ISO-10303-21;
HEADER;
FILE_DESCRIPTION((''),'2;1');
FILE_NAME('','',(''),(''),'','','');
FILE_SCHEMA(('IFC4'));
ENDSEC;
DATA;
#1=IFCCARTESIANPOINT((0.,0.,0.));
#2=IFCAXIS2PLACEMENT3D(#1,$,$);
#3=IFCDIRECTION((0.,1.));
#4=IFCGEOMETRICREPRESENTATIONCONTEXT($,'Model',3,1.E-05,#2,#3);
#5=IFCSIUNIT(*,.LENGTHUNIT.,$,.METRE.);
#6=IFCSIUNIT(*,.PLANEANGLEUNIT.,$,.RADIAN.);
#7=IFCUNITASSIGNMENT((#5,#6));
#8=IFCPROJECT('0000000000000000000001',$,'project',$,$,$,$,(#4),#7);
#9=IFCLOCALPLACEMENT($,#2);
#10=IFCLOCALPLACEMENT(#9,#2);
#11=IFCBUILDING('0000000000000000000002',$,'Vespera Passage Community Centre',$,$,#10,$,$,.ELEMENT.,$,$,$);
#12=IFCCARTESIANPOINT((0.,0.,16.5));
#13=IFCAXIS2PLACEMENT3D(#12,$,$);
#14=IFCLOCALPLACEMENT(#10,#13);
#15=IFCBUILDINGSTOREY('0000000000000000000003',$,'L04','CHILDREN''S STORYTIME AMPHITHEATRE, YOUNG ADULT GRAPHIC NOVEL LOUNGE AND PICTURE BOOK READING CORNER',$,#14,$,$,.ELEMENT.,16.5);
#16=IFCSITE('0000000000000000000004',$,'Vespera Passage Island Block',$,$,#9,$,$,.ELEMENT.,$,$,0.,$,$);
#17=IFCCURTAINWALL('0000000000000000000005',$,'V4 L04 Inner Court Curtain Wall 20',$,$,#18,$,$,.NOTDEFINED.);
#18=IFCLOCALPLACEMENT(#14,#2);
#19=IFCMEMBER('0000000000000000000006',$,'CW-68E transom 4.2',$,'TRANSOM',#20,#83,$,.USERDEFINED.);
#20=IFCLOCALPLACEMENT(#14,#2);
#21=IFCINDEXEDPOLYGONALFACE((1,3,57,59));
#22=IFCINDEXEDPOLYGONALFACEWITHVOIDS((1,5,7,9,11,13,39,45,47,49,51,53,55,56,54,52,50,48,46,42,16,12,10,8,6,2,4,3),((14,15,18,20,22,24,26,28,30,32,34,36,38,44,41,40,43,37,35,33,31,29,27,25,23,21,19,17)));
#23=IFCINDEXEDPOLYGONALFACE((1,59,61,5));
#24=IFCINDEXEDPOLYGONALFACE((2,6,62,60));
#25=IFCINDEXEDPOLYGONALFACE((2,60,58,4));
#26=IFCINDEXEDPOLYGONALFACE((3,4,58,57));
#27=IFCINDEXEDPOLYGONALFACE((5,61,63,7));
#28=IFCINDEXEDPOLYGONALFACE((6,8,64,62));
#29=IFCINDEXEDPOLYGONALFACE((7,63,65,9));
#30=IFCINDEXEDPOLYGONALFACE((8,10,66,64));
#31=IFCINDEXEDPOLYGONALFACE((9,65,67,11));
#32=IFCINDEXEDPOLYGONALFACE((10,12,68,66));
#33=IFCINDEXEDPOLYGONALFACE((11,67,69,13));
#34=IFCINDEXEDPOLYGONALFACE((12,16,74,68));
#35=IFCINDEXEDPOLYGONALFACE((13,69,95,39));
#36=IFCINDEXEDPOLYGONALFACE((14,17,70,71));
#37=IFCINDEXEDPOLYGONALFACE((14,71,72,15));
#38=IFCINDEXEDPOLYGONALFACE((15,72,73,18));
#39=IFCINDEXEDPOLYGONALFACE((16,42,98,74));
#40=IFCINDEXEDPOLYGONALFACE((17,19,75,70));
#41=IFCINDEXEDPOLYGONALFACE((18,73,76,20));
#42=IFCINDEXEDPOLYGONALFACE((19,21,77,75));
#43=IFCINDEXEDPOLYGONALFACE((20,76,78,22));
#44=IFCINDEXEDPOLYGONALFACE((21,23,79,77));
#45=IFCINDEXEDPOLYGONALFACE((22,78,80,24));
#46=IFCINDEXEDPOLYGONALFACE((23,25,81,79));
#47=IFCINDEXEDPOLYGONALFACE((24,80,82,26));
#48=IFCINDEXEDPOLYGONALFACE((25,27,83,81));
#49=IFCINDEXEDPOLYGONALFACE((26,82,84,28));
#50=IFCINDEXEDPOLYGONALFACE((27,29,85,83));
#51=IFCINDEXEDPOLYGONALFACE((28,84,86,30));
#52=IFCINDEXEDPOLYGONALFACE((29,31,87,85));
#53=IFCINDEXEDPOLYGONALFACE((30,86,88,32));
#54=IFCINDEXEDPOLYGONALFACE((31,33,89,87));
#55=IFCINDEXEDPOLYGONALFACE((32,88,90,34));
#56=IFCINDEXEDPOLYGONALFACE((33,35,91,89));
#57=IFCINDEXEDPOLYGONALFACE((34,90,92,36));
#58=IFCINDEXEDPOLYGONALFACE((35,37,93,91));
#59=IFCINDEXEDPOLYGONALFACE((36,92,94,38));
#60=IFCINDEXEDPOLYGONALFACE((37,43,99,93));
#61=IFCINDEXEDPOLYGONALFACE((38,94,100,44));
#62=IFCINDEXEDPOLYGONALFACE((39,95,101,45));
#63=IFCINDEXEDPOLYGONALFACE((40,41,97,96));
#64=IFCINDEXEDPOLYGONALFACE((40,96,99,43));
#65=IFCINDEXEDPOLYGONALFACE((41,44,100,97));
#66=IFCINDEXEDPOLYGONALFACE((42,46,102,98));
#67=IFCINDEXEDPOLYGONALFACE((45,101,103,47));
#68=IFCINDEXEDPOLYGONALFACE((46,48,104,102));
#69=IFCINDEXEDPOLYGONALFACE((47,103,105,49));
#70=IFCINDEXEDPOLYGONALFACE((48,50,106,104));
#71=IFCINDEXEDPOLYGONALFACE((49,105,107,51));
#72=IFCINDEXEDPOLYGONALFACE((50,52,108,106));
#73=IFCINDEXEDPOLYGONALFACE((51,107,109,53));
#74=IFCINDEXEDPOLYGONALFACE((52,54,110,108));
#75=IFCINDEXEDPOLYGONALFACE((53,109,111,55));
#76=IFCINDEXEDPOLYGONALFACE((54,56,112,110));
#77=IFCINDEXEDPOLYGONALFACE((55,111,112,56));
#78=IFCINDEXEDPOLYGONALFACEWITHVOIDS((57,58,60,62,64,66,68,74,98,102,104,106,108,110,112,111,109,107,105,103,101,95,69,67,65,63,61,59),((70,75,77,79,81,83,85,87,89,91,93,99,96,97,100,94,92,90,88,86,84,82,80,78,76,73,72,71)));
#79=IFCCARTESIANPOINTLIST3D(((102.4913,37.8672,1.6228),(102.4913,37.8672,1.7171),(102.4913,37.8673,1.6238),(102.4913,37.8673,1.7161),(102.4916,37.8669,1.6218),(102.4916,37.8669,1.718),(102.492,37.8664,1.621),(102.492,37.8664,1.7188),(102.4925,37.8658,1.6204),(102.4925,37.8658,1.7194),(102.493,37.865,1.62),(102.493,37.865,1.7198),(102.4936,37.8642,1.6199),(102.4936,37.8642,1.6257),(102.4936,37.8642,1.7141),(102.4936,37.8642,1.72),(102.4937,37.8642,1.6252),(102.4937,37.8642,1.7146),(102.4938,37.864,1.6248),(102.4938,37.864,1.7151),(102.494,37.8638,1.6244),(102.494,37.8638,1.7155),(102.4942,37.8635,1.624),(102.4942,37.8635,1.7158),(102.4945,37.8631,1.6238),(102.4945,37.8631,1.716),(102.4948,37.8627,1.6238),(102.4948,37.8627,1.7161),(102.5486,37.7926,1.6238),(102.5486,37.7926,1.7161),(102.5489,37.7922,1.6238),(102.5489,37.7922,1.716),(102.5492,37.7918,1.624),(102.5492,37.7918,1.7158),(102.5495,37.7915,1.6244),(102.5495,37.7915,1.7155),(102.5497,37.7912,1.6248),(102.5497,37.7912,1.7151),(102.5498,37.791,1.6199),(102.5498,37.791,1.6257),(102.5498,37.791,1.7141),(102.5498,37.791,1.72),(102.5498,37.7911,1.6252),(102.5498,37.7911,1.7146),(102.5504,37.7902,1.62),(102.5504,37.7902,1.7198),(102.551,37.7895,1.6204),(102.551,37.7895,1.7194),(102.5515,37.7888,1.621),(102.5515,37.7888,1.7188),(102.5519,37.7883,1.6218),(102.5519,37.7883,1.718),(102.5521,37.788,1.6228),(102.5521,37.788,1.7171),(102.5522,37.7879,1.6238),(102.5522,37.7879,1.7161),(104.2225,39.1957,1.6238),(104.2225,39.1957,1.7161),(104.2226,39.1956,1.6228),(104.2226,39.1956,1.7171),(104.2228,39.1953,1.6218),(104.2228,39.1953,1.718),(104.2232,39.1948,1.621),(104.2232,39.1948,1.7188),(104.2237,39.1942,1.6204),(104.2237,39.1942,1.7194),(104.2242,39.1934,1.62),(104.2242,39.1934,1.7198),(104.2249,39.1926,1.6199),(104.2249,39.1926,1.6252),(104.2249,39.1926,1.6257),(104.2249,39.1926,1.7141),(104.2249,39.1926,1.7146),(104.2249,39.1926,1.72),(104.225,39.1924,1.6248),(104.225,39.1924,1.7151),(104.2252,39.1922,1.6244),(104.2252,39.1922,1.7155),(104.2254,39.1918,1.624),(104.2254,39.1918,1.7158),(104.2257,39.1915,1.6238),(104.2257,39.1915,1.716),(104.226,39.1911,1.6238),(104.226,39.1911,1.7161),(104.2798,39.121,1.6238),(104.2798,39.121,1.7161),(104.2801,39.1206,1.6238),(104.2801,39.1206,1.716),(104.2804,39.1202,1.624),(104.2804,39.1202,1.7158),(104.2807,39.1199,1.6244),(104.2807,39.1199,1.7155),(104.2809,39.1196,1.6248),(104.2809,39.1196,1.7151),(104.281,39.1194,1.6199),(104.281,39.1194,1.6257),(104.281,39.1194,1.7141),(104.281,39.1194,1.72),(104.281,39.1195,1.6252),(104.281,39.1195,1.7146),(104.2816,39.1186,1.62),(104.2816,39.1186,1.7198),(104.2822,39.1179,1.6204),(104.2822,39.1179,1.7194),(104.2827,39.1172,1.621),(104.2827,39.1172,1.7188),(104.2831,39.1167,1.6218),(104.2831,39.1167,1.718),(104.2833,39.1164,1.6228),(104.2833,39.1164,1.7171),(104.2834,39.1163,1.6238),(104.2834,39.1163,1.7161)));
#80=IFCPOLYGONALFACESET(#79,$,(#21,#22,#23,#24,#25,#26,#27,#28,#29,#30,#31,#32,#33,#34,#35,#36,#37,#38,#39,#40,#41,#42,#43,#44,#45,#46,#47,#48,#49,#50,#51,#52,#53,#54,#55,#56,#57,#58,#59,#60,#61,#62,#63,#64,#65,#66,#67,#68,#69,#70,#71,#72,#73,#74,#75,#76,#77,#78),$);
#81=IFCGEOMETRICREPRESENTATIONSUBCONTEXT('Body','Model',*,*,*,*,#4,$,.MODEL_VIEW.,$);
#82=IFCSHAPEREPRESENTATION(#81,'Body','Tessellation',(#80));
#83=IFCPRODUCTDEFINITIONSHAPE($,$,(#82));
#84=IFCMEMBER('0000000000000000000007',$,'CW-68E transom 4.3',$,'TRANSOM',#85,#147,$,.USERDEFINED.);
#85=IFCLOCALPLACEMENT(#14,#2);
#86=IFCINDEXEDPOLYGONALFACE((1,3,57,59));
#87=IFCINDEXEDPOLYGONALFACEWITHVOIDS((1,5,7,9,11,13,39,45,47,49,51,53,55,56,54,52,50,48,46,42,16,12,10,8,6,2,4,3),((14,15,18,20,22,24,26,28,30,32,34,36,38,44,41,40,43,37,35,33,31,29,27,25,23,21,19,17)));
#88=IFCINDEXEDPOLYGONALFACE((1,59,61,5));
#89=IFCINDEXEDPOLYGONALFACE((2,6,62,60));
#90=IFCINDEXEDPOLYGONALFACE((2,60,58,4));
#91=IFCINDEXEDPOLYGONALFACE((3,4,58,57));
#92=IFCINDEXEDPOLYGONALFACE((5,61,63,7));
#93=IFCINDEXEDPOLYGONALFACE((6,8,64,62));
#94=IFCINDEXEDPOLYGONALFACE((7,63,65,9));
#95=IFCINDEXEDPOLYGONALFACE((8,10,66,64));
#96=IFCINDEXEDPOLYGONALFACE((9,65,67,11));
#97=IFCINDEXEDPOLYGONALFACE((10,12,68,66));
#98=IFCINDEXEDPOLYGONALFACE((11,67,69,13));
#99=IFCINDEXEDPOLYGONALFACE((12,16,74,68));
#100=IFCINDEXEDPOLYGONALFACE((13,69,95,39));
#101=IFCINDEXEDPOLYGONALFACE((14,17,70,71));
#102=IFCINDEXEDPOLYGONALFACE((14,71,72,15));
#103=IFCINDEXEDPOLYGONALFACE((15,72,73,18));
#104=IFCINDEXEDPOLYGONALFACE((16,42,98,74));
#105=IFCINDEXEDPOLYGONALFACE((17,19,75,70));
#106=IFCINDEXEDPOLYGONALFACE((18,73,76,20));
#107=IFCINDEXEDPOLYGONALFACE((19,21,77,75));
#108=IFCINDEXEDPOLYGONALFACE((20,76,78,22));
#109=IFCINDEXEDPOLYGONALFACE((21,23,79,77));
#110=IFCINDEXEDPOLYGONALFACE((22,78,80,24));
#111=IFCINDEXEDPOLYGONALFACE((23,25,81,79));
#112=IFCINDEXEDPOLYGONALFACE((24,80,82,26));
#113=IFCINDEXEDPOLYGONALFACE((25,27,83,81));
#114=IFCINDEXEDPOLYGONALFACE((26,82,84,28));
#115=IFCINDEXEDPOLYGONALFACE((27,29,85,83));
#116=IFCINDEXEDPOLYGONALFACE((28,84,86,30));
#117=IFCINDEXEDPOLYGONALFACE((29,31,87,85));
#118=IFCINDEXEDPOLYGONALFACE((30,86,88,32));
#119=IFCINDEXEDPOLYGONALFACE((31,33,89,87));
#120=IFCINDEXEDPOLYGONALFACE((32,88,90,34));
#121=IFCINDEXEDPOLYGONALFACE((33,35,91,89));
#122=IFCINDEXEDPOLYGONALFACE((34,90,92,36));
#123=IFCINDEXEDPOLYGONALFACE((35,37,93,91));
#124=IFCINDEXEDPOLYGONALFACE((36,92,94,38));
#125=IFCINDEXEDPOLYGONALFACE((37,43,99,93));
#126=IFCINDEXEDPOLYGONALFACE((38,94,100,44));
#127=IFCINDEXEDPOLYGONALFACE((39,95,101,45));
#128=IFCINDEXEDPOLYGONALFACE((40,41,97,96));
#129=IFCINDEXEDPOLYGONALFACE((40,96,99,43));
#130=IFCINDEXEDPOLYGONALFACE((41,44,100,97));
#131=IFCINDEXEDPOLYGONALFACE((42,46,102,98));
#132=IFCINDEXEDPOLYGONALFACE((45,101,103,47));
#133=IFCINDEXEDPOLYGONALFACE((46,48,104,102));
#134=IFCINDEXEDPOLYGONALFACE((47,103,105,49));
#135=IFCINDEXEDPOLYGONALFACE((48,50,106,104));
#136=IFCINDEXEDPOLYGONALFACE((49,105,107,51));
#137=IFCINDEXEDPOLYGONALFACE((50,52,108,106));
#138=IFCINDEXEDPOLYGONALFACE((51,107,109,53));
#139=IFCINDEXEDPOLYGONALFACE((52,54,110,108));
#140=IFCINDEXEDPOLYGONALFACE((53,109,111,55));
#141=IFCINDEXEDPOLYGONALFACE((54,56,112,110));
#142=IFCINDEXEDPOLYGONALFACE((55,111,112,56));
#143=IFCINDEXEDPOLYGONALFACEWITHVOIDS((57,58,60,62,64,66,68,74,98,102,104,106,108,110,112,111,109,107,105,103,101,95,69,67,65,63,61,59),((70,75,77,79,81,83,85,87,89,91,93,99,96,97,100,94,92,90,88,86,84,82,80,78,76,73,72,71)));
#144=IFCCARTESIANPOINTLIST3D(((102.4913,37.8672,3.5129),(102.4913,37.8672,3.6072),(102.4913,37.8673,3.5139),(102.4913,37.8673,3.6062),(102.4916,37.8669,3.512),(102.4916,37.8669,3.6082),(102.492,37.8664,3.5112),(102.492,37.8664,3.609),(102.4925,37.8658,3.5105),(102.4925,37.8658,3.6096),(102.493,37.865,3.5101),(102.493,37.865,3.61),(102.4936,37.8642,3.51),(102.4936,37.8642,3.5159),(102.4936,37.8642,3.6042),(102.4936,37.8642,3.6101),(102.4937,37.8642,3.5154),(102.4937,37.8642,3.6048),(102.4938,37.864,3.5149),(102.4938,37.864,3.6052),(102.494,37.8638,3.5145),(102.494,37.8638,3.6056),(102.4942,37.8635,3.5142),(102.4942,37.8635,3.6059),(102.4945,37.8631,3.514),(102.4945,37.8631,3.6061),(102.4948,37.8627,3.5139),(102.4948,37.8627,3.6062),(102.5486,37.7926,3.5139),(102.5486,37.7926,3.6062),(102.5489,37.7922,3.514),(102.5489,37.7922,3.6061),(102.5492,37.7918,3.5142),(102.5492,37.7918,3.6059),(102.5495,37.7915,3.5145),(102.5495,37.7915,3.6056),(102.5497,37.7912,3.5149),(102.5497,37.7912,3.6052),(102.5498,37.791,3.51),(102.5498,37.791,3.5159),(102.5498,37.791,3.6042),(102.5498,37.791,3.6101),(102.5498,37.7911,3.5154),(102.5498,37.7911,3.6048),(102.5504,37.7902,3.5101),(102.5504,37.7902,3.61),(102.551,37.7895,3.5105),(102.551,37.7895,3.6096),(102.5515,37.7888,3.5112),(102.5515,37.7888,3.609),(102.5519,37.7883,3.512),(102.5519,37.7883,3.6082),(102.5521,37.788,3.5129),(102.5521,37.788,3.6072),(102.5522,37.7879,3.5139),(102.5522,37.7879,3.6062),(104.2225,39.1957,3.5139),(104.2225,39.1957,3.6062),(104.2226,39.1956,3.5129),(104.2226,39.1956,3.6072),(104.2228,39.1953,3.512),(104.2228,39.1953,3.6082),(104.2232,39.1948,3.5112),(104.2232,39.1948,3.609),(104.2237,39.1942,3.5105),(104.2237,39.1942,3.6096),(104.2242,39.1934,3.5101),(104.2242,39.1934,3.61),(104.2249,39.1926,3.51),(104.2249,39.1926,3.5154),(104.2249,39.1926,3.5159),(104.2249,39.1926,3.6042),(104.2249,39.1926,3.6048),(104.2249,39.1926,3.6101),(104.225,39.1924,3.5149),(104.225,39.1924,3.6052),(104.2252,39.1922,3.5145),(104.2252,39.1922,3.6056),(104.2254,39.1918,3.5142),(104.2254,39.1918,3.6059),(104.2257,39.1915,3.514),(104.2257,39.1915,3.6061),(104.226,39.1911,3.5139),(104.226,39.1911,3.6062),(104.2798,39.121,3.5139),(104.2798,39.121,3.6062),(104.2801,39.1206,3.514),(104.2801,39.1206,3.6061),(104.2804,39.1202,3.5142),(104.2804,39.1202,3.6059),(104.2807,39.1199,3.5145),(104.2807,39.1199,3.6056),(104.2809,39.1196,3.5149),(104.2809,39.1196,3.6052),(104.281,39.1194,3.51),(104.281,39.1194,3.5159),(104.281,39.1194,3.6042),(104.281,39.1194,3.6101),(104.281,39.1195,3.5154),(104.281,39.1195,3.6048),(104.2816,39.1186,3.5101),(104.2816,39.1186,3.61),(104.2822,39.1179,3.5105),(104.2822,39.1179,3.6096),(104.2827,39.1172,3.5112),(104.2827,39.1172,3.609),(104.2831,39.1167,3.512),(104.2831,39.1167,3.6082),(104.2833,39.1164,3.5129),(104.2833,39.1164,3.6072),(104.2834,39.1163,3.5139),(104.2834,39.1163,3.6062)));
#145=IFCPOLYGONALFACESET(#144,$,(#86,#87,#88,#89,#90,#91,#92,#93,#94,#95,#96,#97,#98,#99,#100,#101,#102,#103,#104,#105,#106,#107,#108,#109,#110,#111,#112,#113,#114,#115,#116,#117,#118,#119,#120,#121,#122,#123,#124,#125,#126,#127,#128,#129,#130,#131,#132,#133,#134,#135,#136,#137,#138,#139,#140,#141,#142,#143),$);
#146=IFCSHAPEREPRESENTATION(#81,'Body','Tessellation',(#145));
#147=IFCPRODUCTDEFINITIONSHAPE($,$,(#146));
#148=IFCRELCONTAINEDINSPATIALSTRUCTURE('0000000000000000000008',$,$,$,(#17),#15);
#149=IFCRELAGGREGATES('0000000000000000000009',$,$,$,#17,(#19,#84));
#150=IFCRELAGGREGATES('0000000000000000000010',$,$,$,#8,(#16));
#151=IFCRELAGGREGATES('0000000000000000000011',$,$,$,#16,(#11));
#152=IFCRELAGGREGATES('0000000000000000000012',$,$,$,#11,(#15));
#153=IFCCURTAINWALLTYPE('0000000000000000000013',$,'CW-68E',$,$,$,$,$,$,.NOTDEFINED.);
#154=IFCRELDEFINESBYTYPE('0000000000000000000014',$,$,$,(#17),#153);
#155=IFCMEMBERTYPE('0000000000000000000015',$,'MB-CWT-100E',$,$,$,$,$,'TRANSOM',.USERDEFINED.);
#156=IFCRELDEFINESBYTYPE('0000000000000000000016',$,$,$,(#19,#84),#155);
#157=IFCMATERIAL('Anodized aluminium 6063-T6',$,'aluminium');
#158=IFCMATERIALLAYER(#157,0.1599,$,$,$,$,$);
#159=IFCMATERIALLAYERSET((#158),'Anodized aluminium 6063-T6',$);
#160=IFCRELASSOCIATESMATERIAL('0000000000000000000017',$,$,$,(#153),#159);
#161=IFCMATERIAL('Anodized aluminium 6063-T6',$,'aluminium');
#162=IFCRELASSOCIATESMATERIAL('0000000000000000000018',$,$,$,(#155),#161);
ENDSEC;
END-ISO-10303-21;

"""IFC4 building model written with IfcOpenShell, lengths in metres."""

from ifc_helpers import new_model, si_unit, direction, frame, origin, origin_2d, place, context, subcontext, project, spatial, hollow_rectangle, extrude, material, layer, layer_set, material_profile, profile_set, type_object, element, aggregate, save


model = new_model("IFC4")

# Units and contexts
model_context = context("Model", 3, precision=1e-05, world=origin(), true_north=direction((0.0, 1.0)))
body_context = subcontext(model_context, "Body", "Model", "MODEL_VIEW")
ifc_project = project(units=[si_unit("LENGTHUNIT", "METRE"), si_unit("PLANEANGLEUNIT", "RADIAN")], contexts=[model_context])

# Site, building, storey
site_placement = place(None, origin())
site = spatial("IfcSite", under=ifc_project, at=site_placement, Name="Vespera Passage Island Block", CompositionType="ELEMENT", RefElevation=0.0)
building_placement = place(site_placement, origin())
building = spatial("IfcBuilding", under=site, at=building_placement, Name="Vespera Passage Community Centre", CompositionType="ELEMENT")
storey_placement = place(building_placement, frame((0.0, 0.0, 16.5)))
storey = spatial("IfcBuildingStorey", under=building, at=storey_placement, Name="L04", Description="CHILDREN'S STORYTIME AMPHITHEATRE, YOUNG ADULT GRAPHIC NOVEL LOUNGE AND PICTURE BOOK READING CORNER", CompositionType="ELEMENT", Elevation=16.5)

# Curtain wall, members
ifc_material_1 = material(Name="Anodized aluminium 6063-T6", Category="aluminium")
ifc_layer_1 = layer(ifc_material_1, 0.1599)
ifc_layer_set_1 = layer_set([ifc_layer_1], Name="Anodized aluminium 6063-T6")
curtain_wall_type = type_object("IfcCurtainWallType", Name="CW-68E", PredefinedType="NOTDEFINED", material=ifc_layer_set_1)
curtain_wall_placement = place(storey_placement, origin())
curtain_wall = element("IfcCurtainWall", 1, at=curtain_wall_placement, inside=storey, type_object=curtain_wall_type, Name="V4 L04 Inner Court Curtain Wall 20", PredefinedType="NOTDEFINED")
ifc_material_2 = material(Name="Anodized aluminium 6063-T6", Category="aluminium")
ifc_material_profile_1 = material_profile(ifc_material_2, hollow_rectangle(XDim=0.1001, YDim=0.1001, WallThickness=0.0039, InnerFilletRadius=0.002, OuterFilletRadius=0.0039, at=origin_2d()), Name="ALU100X100X4")
ifc_profile_set_1 = profile_set([ifc_material_profile_1], Name="Anodized aluminium 6063-T6")
member_type_1 = type_object("IfcMemberType", Name="MB-CWT-100E", ElementType="TRANSOM", PredefinedType="USERDEFINED", material=ifc_profile_set_1)
member_1_placement = place(storey_placement, frame((102.5217, 37.8276, 1.6699), z_axis=(0.79336, 0.608753, 0.0), x_axis=(-0.608753, 0.79336, 0.0)))
member_1 = element("IfcMember", 2, at=member_1_placement, type_object=member_type_1, Name="CW-68E transom 4.2", ObjectType="TRANSOM", PredefinedType="USERDEFINED", context=body_context, shape_type="SweptSolid", body=[
    extrude(hollow_rectangle(XDim=0.1001, YDim=0.1001, WallThickness=0.0039, InnerFilletRadius=0.002, OuterFilletRadius=0.0039, at=origin_2d()), origin(), (0.0, 0.0, 1.0), 2.1821),
])
member_2_placement = place(storey_placement, frame((102.5217, 37.8276, 3.5601), z_axis=(0.79336, 0.608753, 0.0), x_axis=(-0.608753, 0.79336, 0.0)))
member_2 = element("IfcMember", 3, at=member_2_placement, type_object=member_type_1, Name="CW-68E transom 4.3", ObjectType="TRANSOM", PredefinedType="USERDEFINED", context=body_context, shape_type="SweptSolid", body=[
    extrude(hollow_rectangle(XDim=0.1001, YDim=0.1001, WallThickness=0.0039, InnerFilletRadius=0.002, OuterFilletRadius=0.0039, at=origin_2d()), origin(), (0.0, 0.0, 1.0), 2.1821),
])

aggregate(curtain_wall, [member_1, member_2])

save(model, "model.ifc")
